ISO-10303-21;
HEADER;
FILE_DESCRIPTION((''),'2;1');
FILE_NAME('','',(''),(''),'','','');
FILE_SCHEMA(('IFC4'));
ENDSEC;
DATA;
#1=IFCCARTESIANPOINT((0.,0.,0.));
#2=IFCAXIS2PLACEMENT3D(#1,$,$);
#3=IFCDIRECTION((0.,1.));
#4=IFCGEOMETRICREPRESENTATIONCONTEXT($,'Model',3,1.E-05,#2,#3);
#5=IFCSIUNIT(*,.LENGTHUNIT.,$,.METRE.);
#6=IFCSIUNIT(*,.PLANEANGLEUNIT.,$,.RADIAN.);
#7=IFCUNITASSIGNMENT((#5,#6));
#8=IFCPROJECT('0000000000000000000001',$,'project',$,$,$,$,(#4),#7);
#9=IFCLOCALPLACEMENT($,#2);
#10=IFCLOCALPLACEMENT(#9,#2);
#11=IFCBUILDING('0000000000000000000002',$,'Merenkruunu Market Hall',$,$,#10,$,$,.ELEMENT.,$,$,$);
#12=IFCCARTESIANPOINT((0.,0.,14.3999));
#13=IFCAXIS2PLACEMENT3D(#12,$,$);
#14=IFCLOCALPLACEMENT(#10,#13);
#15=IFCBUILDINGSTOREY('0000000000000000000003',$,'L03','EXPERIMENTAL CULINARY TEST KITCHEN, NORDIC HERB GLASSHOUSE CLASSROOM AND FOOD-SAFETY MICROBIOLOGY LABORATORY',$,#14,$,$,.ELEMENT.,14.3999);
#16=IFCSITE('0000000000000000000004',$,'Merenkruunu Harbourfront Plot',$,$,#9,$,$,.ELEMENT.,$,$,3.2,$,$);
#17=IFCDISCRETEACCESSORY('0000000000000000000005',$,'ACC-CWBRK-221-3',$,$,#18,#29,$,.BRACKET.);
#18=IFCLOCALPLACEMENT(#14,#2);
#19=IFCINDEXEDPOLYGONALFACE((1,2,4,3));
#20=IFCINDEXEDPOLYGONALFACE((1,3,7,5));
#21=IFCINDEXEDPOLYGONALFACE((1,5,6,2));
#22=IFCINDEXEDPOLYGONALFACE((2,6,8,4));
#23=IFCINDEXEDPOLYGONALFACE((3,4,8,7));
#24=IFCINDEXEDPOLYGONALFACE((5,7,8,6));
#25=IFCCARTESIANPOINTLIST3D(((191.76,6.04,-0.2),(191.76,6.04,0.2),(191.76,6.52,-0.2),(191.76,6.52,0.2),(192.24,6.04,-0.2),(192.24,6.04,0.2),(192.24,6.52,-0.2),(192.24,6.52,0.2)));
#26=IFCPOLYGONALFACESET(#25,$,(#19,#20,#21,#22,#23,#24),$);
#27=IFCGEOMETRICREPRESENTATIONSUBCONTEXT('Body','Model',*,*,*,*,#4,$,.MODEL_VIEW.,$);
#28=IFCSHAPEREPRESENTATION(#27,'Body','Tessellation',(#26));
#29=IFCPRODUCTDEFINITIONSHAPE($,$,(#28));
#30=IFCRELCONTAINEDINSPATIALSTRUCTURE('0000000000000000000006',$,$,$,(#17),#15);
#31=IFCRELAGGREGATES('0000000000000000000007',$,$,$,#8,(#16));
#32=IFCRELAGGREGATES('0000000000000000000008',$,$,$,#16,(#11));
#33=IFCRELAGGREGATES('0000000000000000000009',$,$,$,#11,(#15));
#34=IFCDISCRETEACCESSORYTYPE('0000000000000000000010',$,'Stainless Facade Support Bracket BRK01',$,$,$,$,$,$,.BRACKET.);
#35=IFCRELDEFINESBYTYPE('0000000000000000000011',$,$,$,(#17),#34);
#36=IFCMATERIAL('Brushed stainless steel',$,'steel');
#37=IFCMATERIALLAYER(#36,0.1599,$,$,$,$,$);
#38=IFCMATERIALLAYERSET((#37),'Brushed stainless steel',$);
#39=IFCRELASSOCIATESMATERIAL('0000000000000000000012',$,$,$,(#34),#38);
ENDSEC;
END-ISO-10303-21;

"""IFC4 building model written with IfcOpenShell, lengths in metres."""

from ifc_helpers import new_model, si_unit, direction, frame, origin, origin_2d, place, context, subcontext, project, spatial, rectangle, extrude, material, layer, layer_set, type_object, element, save


model = new_model("IFC4")

# Units and contexts
model_context = context("Model", 3, precision=1e-05, world=origin(), true_north=direction((0.0, 1.0)))
body_context = subcontext(model_context, "Body", "Model", "MODEL_VIEW")
ifc_project = project(units=[si_unit("LENGTHUNIT", "METRE"), si_unit("PLANEANGLEUNIT", "RADIAN")], contexts=[model_context])

# Site, building, storey
site_placement = place(None, origin())
site = spatial("IfcSite", under=ifc_project, at=site_placement, Name="Merenkruunu Harbourfront Plot", CompositionType="ELEMENT", RefElevation=3.2)
building_placement = place(site_placement, origin())
building = spatial("IfcBuilding", under=site, at=building_placement, Name="Merenkruunu Market Hall", CompositionType="ELEMENT")
storey_placement = place(building_placement, frame((0.0, 0.0, 14.3999)))
storey = spatial("IfcBuildingStorey", under=building, at=storey_placement, Name="L03", Description="EXPERIMENTAL CULINARY TEST KITCHEN, NORDIC HERB GLASSHOUSE CLASSROOM AND FOOD-SAFETY MICROBIOLOGY LABORATORY", CompositionType="ELEMENT", Elevation=14.3999)

# Shared definitions
ifc_material_1 = material(Name="Brushed stainless steel", Category="steel")

# Discrete accessory
ifc_layer_1 = layer(ifc_material_1, 0.1599)
ifc_layer_set_1 = layer_set([ifc_layer_1], Name="Brushed stainless steel")
discrete_accessory_type = type_object("IfcDiscreteAccessoryType", Name="Stainless Facade Support Bracket BRK01", PredefinedType="BRACKET", material=ifc_layer_set_1)
for number, where, z_axis, x_axis, name in (
    (1, (192.0, 6.28, -0.2), (0.0, 0.0, 1.0), (1.0, 0.0, 0.0), "ACC-CWBRK-221-3"),
):
    element("IfcDiscreteAccessory", number, at=place(storey_placement, frame(where, z_axis=z_axis, x_axis=x_axis)), inside=storey, type_object=discrete_accessory_type, Name=name, PredefinedType="BRACKET", context=body_context, shape_type="SweptSolid", body=[
        extrude(rectangle(XDim=0.48, YDim=0.48, at=origin_2d()), origin(), (0.0, 0.0, 1.0), 0.3999),
    ])

save(model, "model.ifc")
